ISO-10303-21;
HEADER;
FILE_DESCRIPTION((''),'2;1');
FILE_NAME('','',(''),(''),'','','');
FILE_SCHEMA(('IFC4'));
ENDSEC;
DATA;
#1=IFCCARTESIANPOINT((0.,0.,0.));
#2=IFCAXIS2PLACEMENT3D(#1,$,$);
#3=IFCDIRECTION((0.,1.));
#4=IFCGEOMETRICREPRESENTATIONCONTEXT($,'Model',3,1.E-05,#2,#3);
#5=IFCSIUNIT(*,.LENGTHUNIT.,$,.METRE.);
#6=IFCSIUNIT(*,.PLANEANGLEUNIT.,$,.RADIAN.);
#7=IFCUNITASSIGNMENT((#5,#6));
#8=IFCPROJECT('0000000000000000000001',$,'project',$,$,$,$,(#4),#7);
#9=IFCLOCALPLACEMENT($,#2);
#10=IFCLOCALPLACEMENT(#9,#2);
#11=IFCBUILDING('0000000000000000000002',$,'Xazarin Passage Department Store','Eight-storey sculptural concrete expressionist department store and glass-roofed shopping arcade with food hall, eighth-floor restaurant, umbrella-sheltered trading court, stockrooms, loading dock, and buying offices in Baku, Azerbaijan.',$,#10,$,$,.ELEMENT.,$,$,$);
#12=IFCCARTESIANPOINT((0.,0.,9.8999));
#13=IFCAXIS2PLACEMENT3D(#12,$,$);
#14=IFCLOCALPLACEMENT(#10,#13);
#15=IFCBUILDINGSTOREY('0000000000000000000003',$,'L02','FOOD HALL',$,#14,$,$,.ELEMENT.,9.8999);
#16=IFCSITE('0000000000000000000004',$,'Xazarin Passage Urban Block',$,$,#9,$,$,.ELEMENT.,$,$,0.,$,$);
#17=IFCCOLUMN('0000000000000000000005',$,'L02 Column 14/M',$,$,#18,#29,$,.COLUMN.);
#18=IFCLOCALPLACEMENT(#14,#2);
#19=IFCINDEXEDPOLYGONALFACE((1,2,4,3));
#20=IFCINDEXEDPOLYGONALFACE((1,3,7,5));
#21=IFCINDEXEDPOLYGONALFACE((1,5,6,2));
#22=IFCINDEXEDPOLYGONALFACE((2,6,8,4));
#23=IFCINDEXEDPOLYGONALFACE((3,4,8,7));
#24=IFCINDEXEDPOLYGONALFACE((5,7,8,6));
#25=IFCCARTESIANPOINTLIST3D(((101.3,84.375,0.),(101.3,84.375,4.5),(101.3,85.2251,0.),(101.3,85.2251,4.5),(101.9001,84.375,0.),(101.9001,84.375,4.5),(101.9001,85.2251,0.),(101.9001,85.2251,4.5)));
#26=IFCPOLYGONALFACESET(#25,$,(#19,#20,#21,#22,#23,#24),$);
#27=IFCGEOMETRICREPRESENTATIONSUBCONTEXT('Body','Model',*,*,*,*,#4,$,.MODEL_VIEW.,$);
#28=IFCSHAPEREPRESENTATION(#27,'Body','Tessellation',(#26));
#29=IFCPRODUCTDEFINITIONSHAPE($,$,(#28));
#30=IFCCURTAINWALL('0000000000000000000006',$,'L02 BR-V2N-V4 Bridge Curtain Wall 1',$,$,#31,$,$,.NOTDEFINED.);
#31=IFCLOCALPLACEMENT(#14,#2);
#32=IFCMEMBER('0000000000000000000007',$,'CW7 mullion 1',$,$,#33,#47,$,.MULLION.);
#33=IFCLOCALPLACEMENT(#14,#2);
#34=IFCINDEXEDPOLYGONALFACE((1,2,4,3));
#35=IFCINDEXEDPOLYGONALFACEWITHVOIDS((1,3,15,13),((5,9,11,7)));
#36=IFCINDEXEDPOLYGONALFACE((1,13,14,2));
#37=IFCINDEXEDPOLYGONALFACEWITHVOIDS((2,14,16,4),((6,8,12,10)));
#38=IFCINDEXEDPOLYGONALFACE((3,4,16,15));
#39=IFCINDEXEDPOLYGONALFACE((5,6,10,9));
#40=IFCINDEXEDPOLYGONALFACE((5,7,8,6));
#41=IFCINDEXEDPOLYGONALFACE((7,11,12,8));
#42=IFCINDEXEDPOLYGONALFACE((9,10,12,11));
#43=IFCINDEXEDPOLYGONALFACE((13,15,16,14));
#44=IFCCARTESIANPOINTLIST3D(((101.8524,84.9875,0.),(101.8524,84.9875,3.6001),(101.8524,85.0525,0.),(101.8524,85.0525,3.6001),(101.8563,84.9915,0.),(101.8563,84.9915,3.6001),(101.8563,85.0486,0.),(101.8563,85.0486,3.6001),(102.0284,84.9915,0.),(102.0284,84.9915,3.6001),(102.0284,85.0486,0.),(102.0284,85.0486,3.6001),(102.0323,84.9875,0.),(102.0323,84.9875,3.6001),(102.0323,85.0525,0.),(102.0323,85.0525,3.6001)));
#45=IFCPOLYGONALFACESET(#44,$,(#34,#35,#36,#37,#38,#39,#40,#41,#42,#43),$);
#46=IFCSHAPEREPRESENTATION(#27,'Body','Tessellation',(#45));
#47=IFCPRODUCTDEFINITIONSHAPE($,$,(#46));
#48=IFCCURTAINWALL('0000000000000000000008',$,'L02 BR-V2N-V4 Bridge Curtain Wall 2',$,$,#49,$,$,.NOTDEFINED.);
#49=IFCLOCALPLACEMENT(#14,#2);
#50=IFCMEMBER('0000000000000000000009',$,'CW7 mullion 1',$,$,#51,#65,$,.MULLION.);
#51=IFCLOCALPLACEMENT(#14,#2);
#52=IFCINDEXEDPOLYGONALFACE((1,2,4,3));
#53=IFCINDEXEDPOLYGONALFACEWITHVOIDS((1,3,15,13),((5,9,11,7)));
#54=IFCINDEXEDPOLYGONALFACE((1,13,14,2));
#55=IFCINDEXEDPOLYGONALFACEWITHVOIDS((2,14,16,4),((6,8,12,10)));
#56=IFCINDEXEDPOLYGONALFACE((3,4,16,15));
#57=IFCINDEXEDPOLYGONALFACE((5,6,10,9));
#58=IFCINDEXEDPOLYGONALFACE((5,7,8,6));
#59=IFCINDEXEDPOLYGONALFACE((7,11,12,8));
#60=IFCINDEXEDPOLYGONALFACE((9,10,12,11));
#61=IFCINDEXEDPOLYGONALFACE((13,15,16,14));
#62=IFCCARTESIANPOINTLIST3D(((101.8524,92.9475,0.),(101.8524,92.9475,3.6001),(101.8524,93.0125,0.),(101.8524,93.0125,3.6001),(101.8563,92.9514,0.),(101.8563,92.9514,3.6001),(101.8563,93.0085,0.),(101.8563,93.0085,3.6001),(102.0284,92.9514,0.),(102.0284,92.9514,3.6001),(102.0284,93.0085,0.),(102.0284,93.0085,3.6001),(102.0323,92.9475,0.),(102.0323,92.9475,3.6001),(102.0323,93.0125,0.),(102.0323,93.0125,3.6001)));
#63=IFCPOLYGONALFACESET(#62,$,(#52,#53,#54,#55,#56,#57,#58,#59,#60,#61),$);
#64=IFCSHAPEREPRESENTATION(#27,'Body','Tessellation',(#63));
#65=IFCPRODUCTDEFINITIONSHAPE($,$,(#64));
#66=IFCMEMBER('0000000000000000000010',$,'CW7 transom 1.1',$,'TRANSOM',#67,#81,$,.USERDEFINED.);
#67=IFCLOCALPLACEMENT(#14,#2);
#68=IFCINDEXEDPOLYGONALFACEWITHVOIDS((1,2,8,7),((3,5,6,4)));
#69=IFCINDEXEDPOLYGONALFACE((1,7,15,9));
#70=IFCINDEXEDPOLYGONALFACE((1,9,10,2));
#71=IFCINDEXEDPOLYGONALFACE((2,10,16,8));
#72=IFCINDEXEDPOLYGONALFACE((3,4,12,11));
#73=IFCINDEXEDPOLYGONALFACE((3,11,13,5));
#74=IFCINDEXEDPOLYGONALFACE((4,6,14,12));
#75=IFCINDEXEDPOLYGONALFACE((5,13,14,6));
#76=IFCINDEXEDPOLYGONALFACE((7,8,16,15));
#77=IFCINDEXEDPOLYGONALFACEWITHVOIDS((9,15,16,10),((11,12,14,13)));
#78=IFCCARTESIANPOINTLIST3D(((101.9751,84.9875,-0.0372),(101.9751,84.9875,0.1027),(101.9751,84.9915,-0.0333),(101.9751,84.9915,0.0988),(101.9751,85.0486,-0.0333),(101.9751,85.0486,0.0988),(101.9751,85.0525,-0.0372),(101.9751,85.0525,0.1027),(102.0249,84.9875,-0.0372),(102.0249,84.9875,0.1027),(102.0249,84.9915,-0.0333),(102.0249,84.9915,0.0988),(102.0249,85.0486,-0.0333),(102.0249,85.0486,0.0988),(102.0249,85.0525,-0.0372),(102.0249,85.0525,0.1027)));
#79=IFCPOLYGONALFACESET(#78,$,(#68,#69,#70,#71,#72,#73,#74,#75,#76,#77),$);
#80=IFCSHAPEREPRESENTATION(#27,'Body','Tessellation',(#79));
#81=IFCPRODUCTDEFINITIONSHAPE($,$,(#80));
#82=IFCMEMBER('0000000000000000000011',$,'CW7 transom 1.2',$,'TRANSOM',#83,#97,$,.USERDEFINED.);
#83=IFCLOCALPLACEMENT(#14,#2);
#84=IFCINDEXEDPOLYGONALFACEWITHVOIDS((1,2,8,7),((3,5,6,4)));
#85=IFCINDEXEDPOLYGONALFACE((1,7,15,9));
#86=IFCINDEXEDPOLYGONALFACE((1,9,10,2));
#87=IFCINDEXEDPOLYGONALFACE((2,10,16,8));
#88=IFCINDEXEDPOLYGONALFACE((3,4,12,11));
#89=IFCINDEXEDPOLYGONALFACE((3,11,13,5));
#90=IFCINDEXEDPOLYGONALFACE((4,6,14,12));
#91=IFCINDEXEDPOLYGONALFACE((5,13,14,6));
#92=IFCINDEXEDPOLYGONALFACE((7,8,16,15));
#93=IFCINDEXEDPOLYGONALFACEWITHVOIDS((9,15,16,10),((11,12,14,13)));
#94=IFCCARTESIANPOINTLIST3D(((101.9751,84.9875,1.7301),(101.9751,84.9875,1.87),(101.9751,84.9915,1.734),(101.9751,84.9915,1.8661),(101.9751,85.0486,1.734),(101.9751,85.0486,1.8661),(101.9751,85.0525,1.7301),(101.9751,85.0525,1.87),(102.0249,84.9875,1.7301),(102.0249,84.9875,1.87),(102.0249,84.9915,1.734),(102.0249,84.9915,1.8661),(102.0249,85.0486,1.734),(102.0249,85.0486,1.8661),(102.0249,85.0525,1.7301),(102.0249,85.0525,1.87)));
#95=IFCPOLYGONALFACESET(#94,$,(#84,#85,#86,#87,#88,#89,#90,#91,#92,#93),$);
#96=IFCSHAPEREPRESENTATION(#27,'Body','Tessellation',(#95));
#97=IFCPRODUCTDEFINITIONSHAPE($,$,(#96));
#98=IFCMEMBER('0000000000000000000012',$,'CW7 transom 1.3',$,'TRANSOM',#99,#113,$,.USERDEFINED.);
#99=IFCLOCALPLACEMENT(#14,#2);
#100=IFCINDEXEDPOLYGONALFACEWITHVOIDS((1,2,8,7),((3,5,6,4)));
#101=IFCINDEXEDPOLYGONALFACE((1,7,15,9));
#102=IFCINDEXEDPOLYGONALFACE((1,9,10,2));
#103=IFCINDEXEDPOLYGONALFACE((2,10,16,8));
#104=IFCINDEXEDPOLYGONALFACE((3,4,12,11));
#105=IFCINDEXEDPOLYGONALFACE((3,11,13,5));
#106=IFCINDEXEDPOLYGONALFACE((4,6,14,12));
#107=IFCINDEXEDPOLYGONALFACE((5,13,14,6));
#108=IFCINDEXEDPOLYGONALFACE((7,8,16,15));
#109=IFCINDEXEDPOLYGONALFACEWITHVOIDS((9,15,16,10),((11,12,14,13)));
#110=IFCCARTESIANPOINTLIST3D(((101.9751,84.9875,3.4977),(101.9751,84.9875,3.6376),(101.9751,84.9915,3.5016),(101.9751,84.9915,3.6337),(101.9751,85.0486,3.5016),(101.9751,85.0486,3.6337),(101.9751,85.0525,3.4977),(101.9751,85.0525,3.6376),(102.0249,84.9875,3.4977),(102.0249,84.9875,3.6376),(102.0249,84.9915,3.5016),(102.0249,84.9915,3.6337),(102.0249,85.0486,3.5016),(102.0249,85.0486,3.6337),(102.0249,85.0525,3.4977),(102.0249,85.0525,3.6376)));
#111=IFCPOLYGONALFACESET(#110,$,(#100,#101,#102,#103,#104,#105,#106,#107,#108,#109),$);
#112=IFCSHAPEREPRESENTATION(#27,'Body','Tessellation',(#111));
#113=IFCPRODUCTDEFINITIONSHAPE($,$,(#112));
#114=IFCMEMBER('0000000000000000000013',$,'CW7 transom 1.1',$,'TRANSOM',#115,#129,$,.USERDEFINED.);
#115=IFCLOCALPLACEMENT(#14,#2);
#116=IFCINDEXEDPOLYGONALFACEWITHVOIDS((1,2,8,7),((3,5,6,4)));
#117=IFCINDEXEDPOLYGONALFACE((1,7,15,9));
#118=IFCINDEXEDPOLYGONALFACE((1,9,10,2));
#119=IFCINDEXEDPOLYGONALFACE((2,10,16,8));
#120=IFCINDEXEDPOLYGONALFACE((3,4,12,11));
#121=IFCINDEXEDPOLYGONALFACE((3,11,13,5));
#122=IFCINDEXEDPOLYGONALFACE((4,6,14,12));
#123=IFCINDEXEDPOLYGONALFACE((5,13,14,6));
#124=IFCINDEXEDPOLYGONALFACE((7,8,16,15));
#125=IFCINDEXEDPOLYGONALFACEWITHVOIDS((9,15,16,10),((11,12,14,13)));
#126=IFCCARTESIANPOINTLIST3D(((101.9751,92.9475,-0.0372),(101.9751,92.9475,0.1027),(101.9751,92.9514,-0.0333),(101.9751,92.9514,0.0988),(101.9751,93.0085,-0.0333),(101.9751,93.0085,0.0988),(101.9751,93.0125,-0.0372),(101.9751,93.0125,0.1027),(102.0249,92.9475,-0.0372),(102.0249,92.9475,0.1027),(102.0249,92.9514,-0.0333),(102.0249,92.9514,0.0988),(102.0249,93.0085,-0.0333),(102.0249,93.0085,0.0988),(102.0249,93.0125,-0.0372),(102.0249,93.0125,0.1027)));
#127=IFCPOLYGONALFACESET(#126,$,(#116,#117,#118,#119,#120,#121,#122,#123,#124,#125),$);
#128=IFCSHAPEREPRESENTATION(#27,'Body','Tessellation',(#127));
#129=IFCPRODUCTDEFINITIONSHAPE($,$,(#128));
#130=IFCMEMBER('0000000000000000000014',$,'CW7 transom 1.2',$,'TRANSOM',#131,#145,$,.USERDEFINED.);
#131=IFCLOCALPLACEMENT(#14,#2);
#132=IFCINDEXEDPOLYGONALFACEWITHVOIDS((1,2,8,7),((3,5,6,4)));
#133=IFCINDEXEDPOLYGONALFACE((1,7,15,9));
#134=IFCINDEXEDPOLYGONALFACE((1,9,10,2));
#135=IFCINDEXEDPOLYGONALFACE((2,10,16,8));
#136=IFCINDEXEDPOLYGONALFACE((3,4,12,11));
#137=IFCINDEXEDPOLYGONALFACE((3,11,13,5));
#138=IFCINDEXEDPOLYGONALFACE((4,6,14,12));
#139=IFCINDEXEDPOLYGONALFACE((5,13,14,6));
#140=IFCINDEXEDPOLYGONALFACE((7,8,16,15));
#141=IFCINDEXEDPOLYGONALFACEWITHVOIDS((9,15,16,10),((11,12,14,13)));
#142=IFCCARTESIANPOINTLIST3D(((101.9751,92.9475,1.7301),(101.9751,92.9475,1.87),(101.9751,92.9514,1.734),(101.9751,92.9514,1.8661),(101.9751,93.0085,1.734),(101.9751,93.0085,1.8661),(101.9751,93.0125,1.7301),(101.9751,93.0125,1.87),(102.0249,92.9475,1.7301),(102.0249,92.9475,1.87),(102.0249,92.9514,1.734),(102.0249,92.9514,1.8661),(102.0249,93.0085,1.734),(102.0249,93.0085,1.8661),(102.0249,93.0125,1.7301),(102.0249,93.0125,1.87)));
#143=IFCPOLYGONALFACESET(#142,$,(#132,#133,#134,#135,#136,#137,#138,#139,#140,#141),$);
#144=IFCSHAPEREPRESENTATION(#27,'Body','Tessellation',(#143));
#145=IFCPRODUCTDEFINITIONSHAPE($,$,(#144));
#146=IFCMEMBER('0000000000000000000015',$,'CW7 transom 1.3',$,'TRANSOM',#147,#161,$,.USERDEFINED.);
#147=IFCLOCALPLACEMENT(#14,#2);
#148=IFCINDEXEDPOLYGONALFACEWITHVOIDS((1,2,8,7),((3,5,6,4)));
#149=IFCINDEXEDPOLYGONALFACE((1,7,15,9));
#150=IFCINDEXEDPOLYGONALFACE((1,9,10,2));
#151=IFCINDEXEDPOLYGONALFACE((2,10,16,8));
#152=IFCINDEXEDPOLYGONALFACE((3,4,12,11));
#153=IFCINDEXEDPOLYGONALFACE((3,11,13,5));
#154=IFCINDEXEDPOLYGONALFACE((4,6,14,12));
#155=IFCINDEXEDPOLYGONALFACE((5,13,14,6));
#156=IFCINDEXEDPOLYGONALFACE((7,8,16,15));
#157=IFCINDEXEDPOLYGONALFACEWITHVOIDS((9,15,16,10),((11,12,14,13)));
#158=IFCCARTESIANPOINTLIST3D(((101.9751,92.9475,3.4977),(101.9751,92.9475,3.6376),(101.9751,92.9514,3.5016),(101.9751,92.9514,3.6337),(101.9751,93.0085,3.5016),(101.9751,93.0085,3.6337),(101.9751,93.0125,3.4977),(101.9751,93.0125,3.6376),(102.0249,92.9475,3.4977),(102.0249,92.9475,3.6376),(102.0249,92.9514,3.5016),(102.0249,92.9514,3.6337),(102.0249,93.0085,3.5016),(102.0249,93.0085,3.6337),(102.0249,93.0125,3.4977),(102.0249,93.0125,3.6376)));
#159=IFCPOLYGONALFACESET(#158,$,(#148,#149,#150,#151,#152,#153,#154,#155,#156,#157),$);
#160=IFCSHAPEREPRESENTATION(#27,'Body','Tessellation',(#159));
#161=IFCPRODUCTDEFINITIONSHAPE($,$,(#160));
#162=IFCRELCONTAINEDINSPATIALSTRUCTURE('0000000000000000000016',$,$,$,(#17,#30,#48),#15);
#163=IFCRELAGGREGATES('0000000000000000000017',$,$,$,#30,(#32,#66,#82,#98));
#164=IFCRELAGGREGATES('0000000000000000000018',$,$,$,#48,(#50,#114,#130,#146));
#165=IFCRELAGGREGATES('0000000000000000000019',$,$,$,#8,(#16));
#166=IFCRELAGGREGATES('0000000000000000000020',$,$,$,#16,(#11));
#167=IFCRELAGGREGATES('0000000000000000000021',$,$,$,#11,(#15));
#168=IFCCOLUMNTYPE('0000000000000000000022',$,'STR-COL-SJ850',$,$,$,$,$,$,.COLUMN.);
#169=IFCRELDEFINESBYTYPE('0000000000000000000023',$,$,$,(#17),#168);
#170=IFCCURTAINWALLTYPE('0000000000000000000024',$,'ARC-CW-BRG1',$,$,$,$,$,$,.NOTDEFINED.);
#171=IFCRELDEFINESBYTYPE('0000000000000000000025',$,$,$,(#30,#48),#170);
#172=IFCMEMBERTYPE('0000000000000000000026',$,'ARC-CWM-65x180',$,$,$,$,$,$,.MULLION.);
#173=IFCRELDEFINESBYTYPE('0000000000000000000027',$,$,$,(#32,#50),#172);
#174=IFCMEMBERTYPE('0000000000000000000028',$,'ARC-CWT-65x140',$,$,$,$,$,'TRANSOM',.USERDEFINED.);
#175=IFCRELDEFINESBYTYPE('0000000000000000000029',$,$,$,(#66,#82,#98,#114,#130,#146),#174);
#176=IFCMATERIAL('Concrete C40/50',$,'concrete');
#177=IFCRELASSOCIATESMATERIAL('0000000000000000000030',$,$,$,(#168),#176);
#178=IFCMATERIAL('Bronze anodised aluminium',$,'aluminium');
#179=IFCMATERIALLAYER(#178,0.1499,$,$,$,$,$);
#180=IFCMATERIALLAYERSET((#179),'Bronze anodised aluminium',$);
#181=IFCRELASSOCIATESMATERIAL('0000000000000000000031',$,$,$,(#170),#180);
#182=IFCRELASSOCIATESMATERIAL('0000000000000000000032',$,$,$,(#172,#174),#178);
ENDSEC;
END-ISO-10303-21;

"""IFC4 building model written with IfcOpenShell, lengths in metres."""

from ifc_helpers import new_model, si_unit, direction, frame, origin, origin_2d, place, context, subcontext, project, spatial, rectangle, hollow_rectangle, extrude, material, layer, layer_set, material_profile, profile_set, type_object, element, aggregate, save


model = new_model("IFC4")

# Units and contexts
model_context = context("Model", 3, precision=1e-05, world=origin(), true_north=direction((0.0, 1.0)))
body_context = subcontext(model_context, "Body", "Model", "MODEL_VIEW")
ifc_project = project(units=[si_unit("LENGTHUNIT", "METRE"), si_unit("PLANEANGLEUNIT", "RADIAN")], contexts=[model_context])

# Site, building, storey
site_placement = place(None, origin())
site = spatial("IfcSite", under=ifc_project, at=site_placement, Name="Xazarin Passage Urban Block", CompositionType="ELEMENT", RefElevation=0.0)
building_placement = place(site_placement, origin())
building = spatial("IfcBuilding", under=site, at=building_placement, Name="Xazarin Passage Department Store", Description="Eight-storey sculptural concrete expressionist department store and glass-roofed shopping arcade with food hall, eighth-floor restaurant, umbrella-sheltered trading court, stockrooms, loading dock, and buying offices in Baku, Azerbaijan.", CompositionType="ELEMENT")
storey_placement = place(building_placement, frame((0.0, 0.0, 9.8999)))
storey = spatial("IfcBuildingStorey", under=building, at=storey_placement, Name="L02", Description="FOOD HALL", CompositionType="ELEMENT", Elevation=9.8999)

# Column
ifc_material_1 = material(Name="Concrete C40/50", Category="concrete")
ifc_material_profile_1 = material_profile(ifc_material_1, rectangle(XDim=0.6001, YDim=0.8501, at=origin_2d()), Name="RC 600x850")
ifc_profile_set_1 = profile_set([ifc_material_profile_1], Name="Concrete C40/50")
column_type = type_object("IfcColumnType", Name="STR-COL-SJ850", PredefinedType="COLUMN", material=ifc_profile_set_1)
column_placement = place(storey_placement, frame((101.6001, 84.8, 0.0), z_axis=(0.0, 0.0, 1.0), x_axis=(1.0, 0.0, 0.0)))
element("IfcColumn", 1, at=column_placement, inside=storey, type_object=column_type, Name="L02 Column 14/M", PredefinedType="COLUMN", context=body_context, shape_type="SweptSolid", body=[
    extrude(rectangle(XDim=0.6001, YDim=0.8501, at=origin_2d()), origin(), (0.0, 0.0, 1.0), 4.5),
])

# Curtain walls, members
ifc_material_2 = material(Name="Bronze anodised aluminium", Category="aluminium")
ifc_layer_1 = layer(ifc_material_2, 0.1499)
ifc_layer_set_1 = layer_set([ifc_layer_1], Name="Bronze anodised aluminium")
curtain_wall_type = type_object("IfcCurtainWallType", Name="ARC-CW-BRG1", PredefinedType="NOTDEFINED", material=ifc_layer_set_1)
curtain_wall_1_placement = place(storey_placement, origin())
curtain_wall_1 = element("IfcCurtainWall", 2, at=curtain_wall_1_placement, inside=storey, type_object=curtain_wall_type, Name="L02 BR-V2N-V4 Bridge Curtain Wall 1", PredefinedType="NOTDEFINED")
ifc_material_profile_2 = material_profile(ifc_material_2, hollow_rectangle(XDim=0.0649, YDim=0.1799, WallThickness=0.0039, at=origin_2d()), Name="ALU 65x180")
ifc_profile_set_2 = profile_set([ifc_material_profile_2], Name="Bronze anodised aluminium")
member_type_1 = type_object("IfcMemberType", Name="ARC-CWM-65x180", PredefinedType="MULLION", material=ifc_profile_set_2)
member_1_placement = place(storey_placement, frame((101.9424, 85.02, 0.0), z_axis=(0.0, 0.0, 1.0), x_axis=(0.0, 1.0, 0.0)))
member_1 = element("IfcMember", 3, at=member_1_placement, type_object=member_type_1, Name="CW7 mullion 1", PredefinedType="MULLION", context=body_context, shape_type="SweptSolid", body=[
    extrude(hollow_rectangle(XDim=0.0649, YDim=0.1799, WallThickness=0.0039, at=origin_2d()), origin(), (0.0, 0.0, 1.0), 3.6001),
])
curtain_wall_2_placement = place(storey_placement, origin())
curtain_wall_2 = element("IfcCurtainWall", 4, at=curtain_wall_2_placement, inside=storey, type_object=curtain_wall_type, Name="L02 BR-V2N-V4 Bridge Curtain Wall 2", PredefinedType="NOTDEFINED")
member_2_placement = place(storey_placement, frame((101.9424, 92.98, 0.0), z_axis=(0.0, 0.0, 1.0), x_axis=(0.0, 1.0, 0.0)))
member_2 = element("IfcMember", 5, at=member_2_placement, type_object=member_type_1, Name="CW7 mullion 1", PredefinedType="MULLION", context=body_context, shape_type="SweptSolid", body=[
    extrude(hollow_rectangle(XDim=0.0649, YDim=0.1799, WallThickness=0.0039, at=origin_2d()), origin(), (0.0, 0.0, 1.0), 3.6001),
])

# Members
ifc_material_profile_3 = material_profile(ifc_material_2, hollow_rectangle(XDim=0.0649, YDim=0.1399, WallThickness=0.0039, at=origin_2d()), Name="ALU 65x140")
ifc_profile_set_3 = profile_set([ifc_material_profile_3], Name="Bronze anodised aluminium")
member_type_2 = type_object("IfcMemberType", Name="ARC-CWT-65x140", ElementType="TRANSOM", PredefinedType="USERDEFINED", material=ifc_profile_set_3)
member_3_placement = place(storey_placement, frame((101.9751, 85.02, 0.0327), z_axis=(1.0, 0.0, 0.0), x_axis=(0.0, 1.0, 0.0)))
member_3 = element("IfcMember", 6, at=member_3_placement, type_object=member_type_2, Name="CW7 transom 1.1", ObjectType="TRANSOM", PredefinedType="USERDEFINED", context=body_context, shape_type="SweptSolid", body=[
    extrude(hollow_rectangle(XDim=0.0649, YDim=0.1399, WallThickness=0.0039, at=origin_2d()), origin(), (0.0, 0.0, 1.0), 0.0498),
])
member_4_placement = place(storey_placement, frame((101.9751, 85.02, 1.8), z_axis=(1.0, 0.0, 0.0), x_axis=(0.0, 1.0, 0.0)))
member_4 = element("IfcMember", 7, at=member_4_placement, type_object=member_type_2, Name="CW7 transom 1.2", ObjectType="TRANSOM", PredefinedType="USERDEFINED", context=body_context, shape_type="SweptSolid", body=[
    extrude(hollow_rectangle(XDim=0.0649, YDim=0.1399, WallThickness=0.0039, at=origin_2d()), origin(), (0.0, 0.0, 1.0), 0.0498),
])
member_5_placement = place(storey_placement, frame((101.9751, 85.02, 3.5676), z_axis=(1.0, 0.0, 0.0), x_axis=(0.0, 1.0, 0.0)))
member_5 = element("IfcMember", 8, at=member_5_placement, type_object=member_type_2, Name="CW7 transom 1.3", ObjectType="TRANSOM", PredefinedType="USERDEFINED", context=body_context, shape_type="SweptSolid", body=[
    extrude(hollow_rectangle(XDim=0.0649, YDim=0.1399, WallThickness=0.0039, at=origin_2d()), origin(), (0.0, 0.0, 1.0), 0.0498),
])
aggregate(curtain_wall_1, [member_1, member_3, member_4, member_5])
member_6_placement = place(storey_placement, frame((101.9751, 92.98, 0.0327), z_axis=(1.0, 0.0, 0.0), x_axis=(0.0, 1.0, 0.0)))
member_6 = element("IfcMember", 9, at=member_6_placement, type_object=member_type_2, Name="CW7 transom 1.1", ObjectType="TRANSOM", PredefinedType="USERDEFINED", context=body_context, shape_type="SweptSolid", body=[
    extrude(hollow_rectangle(XDim=0.0649, YDim=0.1399, WallThickness=0.0039, at=origin_2d()), origin(), (0.0, 0.0, 1.0), 0.0498),
])
member_7_placement = place(storey_placement, frame((101.9751, 92.98, 1.8), z_axis=(1.0, 0.0, 0.0), x_axis=(0.0, 1.0, 0.0)))
member_7 = element("IfcMember", 10, at=member_7_placement, type_object=member_type_2, Name="CW7 transom 1.2", ObjectType="TRANSOM", PredefinedType="USERDEFINED", context=body_context, shape_type="SweptSolid", body=[
    extrude(hollow_rectangle(XDim=0.0649, YDim=0.1399, WallThickness=0.0039, at=origin_2d()), origin(), (0.0, 0.0, 1.0), 0.0498),
])
member_8_placement = place(storey_placement, frame((101.9751, 92.98, 3.5676), z_axis=(1.0, 0.0, 0.0), x_axis=(0.0, 1.0, 0.0)))
member_8 = element("IfcMember", 11, at=member_8_placement, type_object=member_type_2, Name="CW7 transom 1.3", ObjectType="TRANSOM", PredefinedType="USERDEFINED", context=body_context, shape_type="SweptSolid", body=[
    extrude(hollow_rectangle(XDim=0.0649, YDim=0.1399, WallThickness=0.0039, at=origin_2d()), origin(), (0.0, 0.0, 1.0), 0.0498),
])
aggregate(curtain_wall_2, [member_2, member_6, member_7, member_8])

save(model, "model.ifc")
